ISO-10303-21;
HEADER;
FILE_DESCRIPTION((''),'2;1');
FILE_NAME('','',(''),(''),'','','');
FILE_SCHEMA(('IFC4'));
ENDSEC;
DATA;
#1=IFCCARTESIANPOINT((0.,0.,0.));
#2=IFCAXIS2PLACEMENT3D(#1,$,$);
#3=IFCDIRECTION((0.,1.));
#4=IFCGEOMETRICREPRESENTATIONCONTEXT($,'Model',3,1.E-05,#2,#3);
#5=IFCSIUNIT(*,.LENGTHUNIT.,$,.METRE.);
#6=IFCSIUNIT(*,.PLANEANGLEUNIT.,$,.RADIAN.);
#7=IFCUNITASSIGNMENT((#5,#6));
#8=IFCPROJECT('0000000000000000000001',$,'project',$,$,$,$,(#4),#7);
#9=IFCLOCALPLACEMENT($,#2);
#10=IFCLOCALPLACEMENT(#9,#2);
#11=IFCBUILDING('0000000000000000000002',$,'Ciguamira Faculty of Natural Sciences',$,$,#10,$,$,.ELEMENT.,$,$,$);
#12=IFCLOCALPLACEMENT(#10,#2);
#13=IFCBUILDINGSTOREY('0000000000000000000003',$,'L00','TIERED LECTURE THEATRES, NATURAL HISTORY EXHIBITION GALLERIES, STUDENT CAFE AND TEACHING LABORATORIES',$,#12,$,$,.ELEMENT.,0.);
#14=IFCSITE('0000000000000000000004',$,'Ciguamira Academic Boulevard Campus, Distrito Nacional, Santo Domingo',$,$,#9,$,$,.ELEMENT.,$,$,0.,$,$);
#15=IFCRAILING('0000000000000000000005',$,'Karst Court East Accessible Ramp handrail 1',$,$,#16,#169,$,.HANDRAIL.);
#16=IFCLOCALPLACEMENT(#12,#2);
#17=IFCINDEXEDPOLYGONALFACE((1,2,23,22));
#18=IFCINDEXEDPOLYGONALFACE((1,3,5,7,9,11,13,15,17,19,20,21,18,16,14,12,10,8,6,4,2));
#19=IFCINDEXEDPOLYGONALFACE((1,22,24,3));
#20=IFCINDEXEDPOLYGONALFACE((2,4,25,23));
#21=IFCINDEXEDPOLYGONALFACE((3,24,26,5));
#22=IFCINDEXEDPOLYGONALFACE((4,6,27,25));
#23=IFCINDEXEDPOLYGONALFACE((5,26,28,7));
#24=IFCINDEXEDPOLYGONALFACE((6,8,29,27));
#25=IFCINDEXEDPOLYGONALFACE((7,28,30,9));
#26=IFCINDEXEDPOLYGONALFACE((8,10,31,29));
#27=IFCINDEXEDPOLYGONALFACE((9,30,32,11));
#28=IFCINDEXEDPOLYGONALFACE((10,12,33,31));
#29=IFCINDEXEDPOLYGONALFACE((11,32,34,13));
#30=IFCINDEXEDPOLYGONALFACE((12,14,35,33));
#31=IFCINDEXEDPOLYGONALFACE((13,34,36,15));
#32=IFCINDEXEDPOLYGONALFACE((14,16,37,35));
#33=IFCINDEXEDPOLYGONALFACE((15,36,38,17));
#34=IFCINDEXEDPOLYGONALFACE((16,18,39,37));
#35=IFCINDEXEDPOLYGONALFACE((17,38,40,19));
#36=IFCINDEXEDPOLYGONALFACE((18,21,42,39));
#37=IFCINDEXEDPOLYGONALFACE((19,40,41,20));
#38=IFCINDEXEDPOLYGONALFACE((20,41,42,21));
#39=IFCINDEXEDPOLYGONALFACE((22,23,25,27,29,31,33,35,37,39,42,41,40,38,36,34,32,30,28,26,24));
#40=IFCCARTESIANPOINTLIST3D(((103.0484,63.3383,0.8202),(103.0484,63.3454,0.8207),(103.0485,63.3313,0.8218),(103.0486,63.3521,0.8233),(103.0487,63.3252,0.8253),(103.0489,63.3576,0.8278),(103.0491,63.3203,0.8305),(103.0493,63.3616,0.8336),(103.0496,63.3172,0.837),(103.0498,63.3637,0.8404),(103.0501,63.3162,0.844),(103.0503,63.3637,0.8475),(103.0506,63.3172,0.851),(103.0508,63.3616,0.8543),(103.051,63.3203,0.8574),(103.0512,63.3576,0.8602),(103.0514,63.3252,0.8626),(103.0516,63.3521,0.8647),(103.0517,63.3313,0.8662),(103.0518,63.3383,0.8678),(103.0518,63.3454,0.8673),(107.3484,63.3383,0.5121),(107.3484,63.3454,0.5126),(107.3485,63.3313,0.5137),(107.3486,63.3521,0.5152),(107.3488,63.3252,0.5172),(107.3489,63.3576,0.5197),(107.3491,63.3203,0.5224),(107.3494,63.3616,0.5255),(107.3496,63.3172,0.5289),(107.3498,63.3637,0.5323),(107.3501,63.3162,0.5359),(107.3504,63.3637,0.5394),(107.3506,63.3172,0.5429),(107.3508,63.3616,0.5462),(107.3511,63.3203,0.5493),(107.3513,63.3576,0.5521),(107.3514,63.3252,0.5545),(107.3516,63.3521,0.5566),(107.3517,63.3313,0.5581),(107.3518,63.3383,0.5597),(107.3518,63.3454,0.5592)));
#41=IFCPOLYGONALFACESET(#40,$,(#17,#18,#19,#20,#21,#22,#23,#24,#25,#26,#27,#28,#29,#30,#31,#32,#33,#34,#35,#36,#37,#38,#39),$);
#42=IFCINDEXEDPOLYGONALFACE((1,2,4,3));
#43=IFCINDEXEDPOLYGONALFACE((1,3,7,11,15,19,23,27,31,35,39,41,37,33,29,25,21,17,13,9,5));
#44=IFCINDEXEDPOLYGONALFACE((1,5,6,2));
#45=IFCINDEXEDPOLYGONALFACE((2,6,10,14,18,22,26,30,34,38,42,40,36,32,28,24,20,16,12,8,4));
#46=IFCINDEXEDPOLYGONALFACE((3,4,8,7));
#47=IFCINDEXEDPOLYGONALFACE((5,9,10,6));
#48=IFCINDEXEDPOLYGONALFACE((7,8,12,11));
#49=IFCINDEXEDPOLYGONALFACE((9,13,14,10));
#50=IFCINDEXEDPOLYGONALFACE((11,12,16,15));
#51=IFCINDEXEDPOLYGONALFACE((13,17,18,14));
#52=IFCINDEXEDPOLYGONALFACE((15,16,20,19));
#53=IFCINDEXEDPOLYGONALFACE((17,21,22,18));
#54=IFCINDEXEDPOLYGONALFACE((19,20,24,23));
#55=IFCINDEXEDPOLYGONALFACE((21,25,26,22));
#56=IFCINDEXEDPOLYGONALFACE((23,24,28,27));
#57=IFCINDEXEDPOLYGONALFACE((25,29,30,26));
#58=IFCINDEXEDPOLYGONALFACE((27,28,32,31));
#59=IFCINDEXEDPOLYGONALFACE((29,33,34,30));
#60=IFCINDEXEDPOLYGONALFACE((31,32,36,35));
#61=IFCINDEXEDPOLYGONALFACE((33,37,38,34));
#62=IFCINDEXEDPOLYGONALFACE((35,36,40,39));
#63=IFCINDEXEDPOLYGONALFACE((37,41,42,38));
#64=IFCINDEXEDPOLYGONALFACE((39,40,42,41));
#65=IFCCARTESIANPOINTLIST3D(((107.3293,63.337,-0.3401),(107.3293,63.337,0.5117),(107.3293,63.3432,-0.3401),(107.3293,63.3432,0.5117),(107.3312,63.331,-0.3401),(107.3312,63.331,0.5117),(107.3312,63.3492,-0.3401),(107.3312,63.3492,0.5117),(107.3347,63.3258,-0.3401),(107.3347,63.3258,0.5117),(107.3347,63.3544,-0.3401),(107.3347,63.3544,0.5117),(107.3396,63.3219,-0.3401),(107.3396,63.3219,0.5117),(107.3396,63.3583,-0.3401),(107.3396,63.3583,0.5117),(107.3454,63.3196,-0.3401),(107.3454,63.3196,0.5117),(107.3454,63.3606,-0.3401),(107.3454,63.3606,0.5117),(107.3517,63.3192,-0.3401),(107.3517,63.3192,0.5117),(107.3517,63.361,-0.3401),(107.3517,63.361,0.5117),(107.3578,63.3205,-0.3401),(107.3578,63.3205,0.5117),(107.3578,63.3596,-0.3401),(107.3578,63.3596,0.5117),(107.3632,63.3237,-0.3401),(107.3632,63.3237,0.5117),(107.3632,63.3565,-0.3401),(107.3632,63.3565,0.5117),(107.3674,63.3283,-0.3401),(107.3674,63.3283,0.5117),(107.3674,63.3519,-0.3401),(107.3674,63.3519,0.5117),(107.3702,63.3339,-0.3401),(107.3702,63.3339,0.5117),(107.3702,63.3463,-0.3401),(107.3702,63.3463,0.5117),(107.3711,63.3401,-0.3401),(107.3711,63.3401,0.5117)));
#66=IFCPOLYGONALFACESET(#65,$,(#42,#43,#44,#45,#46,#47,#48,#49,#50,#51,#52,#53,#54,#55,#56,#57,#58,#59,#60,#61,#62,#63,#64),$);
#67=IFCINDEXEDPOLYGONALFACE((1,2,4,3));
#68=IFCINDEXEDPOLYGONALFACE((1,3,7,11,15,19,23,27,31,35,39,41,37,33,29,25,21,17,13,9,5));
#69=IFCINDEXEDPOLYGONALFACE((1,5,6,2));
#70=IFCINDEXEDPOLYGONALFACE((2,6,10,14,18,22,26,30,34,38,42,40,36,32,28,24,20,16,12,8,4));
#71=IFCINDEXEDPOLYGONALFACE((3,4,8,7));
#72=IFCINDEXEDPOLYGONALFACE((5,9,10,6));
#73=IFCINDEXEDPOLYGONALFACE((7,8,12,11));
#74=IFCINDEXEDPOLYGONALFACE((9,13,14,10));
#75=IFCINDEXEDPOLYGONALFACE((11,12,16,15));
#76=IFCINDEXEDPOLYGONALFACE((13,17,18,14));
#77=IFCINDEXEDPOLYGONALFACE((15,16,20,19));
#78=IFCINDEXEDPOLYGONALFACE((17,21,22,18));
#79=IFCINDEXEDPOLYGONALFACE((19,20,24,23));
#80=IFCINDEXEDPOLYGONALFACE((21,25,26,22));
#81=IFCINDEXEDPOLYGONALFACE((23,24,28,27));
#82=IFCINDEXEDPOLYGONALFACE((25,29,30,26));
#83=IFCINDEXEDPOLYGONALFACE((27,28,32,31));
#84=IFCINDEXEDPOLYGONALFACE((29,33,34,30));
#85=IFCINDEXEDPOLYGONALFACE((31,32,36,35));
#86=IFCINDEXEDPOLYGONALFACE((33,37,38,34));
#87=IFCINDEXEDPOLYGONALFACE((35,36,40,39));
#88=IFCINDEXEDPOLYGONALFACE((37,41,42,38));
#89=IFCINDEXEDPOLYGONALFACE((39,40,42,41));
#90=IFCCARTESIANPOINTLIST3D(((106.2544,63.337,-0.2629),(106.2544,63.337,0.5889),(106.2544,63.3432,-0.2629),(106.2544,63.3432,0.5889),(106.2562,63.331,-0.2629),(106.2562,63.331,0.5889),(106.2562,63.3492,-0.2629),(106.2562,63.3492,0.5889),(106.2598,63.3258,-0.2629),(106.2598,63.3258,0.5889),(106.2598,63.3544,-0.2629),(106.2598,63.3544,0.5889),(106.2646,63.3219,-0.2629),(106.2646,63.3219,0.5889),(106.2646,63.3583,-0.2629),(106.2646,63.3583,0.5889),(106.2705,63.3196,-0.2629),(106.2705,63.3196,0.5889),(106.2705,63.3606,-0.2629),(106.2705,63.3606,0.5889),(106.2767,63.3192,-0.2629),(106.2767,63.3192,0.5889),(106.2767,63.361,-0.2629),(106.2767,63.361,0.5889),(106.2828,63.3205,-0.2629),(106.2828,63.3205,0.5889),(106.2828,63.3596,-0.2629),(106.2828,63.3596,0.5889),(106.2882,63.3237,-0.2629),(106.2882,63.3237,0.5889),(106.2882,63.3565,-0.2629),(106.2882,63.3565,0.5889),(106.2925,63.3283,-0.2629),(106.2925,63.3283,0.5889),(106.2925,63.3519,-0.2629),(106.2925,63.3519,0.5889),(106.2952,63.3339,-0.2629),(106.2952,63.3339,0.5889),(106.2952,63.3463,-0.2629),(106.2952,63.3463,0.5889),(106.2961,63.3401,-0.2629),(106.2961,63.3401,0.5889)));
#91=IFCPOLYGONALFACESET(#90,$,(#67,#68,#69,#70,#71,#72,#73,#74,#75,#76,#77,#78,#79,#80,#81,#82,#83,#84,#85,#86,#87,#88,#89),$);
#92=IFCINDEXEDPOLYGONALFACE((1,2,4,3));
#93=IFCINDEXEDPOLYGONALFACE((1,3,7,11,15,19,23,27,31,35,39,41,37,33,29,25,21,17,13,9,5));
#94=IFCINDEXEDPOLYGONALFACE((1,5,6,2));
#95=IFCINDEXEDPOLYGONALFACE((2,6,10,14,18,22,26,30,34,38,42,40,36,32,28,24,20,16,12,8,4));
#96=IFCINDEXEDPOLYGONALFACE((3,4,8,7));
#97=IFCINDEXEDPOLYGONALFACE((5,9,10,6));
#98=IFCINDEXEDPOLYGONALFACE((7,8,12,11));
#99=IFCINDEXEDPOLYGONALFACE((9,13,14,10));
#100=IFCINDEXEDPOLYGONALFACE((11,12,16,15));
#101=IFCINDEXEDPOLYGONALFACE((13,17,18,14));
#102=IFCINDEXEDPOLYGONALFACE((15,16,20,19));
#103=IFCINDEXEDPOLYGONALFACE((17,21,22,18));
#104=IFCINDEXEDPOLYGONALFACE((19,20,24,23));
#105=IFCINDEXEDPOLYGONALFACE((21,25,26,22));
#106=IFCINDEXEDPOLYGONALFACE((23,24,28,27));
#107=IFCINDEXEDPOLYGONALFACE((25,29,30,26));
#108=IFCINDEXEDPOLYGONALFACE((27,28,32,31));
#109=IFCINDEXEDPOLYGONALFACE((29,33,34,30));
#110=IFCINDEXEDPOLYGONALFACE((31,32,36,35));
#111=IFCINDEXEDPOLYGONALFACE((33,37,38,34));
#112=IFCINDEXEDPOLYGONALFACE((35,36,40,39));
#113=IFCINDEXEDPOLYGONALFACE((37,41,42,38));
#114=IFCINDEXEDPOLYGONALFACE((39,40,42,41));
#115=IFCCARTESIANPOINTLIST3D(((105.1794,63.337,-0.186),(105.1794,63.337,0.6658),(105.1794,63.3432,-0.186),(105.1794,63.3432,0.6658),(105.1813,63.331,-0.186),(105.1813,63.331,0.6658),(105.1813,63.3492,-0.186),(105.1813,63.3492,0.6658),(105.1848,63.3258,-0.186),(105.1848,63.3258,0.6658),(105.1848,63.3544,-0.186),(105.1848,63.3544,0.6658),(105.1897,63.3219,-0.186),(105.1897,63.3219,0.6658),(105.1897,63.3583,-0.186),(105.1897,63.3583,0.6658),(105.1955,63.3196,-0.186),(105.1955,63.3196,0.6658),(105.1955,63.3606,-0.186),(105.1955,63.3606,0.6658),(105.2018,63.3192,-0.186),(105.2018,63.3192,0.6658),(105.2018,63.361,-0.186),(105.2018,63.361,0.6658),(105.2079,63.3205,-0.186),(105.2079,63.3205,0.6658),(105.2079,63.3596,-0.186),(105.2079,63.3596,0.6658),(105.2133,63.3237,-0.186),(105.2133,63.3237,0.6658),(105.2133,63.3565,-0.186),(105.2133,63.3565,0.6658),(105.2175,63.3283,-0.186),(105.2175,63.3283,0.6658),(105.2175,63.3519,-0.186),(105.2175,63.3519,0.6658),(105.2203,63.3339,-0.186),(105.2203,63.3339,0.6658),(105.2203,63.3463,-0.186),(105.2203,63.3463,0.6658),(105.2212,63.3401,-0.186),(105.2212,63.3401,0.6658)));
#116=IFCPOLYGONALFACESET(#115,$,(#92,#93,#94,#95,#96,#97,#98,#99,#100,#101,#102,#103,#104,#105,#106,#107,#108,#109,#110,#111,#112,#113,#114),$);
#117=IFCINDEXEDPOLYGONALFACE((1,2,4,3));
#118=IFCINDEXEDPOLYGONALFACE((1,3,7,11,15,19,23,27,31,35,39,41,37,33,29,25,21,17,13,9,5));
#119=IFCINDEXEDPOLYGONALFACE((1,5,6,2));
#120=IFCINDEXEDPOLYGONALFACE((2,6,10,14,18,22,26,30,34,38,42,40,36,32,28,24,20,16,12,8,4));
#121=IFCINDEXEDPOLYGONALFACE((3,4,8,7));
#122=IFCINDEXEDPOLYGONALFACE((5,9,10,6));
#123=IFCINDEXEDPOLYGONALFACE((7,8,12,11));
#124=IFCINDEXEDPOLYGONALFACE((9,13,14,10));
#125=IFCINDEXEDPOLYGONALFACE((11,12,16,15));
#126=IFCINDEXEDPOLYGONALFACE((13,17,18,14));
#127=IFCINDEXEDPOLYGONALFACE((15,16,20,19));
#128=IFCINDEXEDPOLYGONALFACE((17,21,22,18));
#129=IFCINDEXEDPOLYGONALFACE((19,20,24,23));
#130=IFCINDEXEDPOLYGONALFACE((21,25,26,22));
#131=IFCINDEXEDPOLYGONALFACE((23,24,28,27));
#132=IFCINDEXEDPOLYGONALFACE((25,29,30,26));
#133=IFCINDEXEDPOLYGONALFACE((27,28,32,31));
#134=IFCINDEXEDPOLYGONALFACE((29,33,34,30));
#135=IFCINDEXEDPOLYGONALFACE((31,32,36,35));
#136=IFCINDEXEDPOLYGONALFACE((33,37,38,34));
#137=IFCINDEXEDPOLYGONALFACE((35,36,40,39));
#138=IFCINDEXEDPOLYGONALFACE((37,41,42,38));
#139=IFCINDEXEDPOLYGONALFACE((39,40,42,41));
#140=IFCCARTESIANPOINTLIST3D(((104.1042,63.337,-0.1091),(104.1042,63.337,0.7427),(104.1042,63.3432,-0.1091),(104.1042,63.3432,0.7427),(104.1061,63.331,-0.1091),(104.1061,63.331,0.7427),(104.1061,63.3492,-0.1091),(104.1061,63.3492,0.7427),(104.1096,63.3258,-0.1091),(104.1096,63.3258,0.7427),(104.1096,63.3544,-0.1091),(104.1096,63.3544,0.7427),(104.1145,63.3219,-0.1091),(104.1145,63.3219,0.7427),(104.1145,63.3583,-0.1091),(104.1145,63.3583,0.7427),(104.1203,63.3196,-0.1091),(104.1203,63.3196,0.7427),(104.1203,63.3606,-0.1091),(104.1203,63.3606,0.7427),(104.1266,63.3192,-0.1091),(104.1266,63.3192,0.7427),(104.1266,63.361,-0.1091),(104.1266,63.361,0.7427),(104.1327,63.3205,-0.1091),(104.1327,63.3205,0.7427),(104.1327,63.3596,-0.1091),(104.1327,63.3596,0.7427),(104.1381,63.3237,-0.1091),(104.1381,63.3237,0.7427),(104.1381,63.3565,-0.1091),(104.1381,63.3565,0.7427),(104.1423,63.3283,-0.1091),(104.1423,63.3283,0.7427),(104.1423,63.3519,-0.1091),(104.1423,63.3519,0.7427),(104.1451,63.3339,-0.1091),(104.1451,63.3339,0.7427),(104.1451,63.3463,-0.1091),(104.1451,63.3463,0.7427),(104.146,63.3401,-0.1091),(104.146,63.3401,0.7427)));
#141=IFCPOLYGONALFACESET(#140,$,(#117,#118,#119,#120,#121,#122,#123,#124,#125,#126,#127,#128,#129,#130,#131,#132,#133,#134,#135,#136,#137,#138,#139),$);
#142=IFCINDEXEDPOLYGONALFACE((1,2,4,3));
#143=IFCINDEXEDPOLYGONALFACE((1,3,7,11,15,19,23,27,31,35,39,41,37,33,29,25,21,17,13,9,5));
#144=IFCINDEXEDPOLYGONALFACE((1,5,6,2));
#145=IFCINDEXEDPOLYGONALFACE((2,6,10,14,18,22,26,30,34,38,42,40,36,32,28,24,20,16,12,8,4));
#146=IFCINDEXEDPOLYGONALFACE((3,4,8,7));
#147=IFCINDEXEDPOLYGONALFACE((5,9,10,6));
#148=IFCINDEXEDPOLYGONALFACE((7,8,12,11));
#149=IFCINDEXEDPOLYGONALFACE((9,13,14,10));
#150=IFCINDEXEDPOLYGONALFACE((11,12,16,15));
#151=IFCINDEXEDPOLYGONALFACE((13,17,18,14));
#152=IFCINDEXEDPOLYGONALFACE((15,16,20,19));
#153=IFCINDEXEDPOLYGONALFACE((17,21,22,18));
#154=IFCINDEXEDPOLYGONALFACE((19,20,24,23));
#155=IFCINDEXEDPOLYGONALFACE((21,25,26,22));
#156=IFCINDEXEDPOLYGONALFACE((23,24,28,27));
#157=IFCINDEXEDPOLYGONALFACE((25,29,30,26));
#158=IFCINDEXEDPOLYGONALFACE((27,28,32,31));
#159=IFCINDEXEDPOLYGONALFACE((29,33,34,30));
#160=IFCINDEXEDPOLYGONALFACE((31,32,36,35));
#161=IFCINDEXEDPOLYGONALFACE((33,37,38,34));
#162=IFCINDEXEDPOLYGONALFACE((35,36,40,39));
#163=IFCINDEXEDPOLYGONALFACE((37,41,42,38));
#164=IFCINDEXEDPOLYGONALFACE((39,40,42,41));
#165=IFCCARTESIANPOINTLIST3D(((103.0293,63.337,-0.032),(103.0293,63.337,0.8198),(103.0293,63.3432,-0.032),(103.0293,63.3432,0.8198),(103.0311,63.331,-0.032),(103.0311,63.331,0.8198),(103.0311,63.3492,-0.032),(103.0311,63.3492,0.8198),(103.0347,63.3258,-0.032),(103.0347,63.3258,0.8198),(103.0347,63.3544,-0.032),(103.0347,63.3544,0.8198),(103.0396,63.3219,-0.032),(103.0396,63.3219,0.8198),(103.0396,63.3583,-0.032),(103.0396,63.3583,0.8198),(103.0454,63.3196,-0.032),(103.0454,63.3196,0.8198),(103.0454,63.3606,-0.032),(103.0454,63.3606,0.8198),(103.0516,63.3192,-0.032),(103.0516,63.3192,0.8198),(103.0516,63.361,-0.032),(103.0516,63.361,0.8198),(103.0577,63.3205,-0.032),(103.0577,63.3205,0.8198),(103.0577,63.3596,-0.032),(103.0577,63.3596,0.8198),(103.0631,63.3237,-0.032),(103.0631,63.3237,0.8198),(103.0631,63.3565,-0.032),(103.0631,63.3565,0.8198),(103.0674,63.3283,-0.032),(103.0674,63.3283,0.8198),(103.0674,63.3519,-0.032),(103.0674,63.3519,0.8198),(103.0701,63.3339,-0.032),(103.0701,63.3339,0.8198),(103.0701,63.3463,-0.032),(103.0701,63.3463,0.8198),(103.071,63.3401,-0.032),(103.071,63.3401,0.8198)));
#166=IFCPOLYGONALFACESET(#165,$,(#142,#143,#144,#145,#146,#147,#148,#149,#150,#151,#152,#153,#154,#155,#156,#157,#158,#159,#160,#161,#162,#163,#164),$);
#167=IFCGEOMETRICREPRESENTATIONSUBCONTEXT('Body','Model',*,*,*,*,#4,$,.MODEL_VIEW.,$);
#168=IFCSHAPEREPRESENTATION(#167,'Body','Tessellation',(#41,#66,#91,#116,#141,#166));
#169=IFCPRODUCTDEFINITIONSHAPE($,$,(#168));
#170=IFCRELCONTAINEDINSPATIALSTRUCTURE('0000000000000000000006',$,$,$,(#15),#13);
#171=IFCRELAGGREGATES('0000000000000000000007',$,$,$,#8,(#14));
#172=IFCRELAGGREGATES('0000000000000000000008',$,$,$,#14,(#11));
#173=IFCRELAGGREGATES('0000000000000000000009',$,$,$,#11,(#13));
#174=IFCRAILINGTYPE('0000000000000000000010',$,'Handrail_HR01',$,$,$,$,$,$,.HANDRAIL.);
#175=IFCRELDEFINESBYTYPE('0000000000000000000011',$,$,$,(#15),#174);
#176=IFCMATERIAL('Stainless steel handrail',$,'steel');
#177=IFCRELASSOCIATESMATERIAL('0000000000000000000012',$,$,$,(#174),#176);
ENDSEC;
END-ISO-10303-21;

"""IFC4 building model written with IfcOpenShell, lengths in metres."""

from ifc_helpers import new_model, si_unit, direction, frame, origin, origin_2d, place, context, subcontext, project, spatial, circle, extrude, material, type_object, element, save


model = new_model("IFC4")

# Units and contexts
model_context = context("Model", 3, precision=1e-05, world=origin(), true_north=direction((0.0, 1.0)))
body_context = subcontext(model_context, "Body", "Model", "MODEL_VIEW")
ifc_project = project(units=[si_unit("LENGTHUNIT", "METRE"), si_unit("PLANEANGLEUNIT", "RADIAN")], contexts=[model_context])

# Site, building, storey
site_placement = place(None, origin())
site = spatial("IfcSite", under=ifc_project, at=site_placement, Name="Ciguamira Academic Boulevard Campus, Distrito Nacional, Santo Domingo", CompositionType="ELEMENT", RefElevation=0.0)
building_placement = place(site_placement, origin())
building = spatial("IfcBuilding", under=site, at=building_placement, Name="Ciguamira Faculty of Natural Sciences", CompositionType="ELEMENT")
storey_placement = place(building_placement, origin())
storey = spatial("IfcBuildingStorey", under=building, at=storey_placement, Name="L00", Description="TIERED LECTURE THEATRES, NATURAL HISTORY EXHIBITION GALLERIES, STUDENT CAFE AND TEACHING LABORATORIES", CompositionType="ELEMENT", Elevation=0.0)

# Railing
ifc_material_1 = material(Name="Stainless steel handrail", Category="steel")
railing_type = type_object("IfcRailingType", Name="Handrail_HR01", PredefinedType="HANDRAIL", material=ifc_material_1)
for number, where, name in (
    (1, (107.3501, 63.3401, -0.3401), "Karst Court East Accessible Ramp handrail 1"),
):
    element("IfcRailing", number, at=place(storey_placement, frame(where)), inside=storey, type_object=railing_type, Name=name, PredefinedType="HANDRAIL", context=body_context, shape_type="SweptSolid", body=[
        extrude(circle(Radius=0.0239, at=origin_2d()), frame((0.0, 0.0, 0.876), z_axis=(-0.997443, 0.0, 0.071468), x_axis=(0.0, -1.0, 0.0)), (0.0, 0.0, 1.0), 4.311),
        extrude(circle(Radius=0.021, at=origin_2d()), origin(), (0.0, 0.0, 1.0), 0.8518),
        extrude(circle(Radius=0.021, at=origin_2d()), frame((-1.075, 0.0, 0.0771)), (0.0, 0.0, 1.0), 0.8518),
        extrude(circle(Radius=0.021, at=origin_2d()), frame((-2.1499, 0.0, 0.1541)), (0.0, 0.0, 1.0), 0.8518),
        extrude(circle(Radius=0.021, at=origin_2d()), frame((-3.2251, 0.0, 0.231)), (0.0, 0.0, 1.0), 0.8518),
        extrude(circle(Radius=0.021, at=origin_2d()), frame((-4.3, 0.0, 0.3081)), (0.0, 0.0, 1.0), 0.8518),
    ])

save(model, "model.ifc")
